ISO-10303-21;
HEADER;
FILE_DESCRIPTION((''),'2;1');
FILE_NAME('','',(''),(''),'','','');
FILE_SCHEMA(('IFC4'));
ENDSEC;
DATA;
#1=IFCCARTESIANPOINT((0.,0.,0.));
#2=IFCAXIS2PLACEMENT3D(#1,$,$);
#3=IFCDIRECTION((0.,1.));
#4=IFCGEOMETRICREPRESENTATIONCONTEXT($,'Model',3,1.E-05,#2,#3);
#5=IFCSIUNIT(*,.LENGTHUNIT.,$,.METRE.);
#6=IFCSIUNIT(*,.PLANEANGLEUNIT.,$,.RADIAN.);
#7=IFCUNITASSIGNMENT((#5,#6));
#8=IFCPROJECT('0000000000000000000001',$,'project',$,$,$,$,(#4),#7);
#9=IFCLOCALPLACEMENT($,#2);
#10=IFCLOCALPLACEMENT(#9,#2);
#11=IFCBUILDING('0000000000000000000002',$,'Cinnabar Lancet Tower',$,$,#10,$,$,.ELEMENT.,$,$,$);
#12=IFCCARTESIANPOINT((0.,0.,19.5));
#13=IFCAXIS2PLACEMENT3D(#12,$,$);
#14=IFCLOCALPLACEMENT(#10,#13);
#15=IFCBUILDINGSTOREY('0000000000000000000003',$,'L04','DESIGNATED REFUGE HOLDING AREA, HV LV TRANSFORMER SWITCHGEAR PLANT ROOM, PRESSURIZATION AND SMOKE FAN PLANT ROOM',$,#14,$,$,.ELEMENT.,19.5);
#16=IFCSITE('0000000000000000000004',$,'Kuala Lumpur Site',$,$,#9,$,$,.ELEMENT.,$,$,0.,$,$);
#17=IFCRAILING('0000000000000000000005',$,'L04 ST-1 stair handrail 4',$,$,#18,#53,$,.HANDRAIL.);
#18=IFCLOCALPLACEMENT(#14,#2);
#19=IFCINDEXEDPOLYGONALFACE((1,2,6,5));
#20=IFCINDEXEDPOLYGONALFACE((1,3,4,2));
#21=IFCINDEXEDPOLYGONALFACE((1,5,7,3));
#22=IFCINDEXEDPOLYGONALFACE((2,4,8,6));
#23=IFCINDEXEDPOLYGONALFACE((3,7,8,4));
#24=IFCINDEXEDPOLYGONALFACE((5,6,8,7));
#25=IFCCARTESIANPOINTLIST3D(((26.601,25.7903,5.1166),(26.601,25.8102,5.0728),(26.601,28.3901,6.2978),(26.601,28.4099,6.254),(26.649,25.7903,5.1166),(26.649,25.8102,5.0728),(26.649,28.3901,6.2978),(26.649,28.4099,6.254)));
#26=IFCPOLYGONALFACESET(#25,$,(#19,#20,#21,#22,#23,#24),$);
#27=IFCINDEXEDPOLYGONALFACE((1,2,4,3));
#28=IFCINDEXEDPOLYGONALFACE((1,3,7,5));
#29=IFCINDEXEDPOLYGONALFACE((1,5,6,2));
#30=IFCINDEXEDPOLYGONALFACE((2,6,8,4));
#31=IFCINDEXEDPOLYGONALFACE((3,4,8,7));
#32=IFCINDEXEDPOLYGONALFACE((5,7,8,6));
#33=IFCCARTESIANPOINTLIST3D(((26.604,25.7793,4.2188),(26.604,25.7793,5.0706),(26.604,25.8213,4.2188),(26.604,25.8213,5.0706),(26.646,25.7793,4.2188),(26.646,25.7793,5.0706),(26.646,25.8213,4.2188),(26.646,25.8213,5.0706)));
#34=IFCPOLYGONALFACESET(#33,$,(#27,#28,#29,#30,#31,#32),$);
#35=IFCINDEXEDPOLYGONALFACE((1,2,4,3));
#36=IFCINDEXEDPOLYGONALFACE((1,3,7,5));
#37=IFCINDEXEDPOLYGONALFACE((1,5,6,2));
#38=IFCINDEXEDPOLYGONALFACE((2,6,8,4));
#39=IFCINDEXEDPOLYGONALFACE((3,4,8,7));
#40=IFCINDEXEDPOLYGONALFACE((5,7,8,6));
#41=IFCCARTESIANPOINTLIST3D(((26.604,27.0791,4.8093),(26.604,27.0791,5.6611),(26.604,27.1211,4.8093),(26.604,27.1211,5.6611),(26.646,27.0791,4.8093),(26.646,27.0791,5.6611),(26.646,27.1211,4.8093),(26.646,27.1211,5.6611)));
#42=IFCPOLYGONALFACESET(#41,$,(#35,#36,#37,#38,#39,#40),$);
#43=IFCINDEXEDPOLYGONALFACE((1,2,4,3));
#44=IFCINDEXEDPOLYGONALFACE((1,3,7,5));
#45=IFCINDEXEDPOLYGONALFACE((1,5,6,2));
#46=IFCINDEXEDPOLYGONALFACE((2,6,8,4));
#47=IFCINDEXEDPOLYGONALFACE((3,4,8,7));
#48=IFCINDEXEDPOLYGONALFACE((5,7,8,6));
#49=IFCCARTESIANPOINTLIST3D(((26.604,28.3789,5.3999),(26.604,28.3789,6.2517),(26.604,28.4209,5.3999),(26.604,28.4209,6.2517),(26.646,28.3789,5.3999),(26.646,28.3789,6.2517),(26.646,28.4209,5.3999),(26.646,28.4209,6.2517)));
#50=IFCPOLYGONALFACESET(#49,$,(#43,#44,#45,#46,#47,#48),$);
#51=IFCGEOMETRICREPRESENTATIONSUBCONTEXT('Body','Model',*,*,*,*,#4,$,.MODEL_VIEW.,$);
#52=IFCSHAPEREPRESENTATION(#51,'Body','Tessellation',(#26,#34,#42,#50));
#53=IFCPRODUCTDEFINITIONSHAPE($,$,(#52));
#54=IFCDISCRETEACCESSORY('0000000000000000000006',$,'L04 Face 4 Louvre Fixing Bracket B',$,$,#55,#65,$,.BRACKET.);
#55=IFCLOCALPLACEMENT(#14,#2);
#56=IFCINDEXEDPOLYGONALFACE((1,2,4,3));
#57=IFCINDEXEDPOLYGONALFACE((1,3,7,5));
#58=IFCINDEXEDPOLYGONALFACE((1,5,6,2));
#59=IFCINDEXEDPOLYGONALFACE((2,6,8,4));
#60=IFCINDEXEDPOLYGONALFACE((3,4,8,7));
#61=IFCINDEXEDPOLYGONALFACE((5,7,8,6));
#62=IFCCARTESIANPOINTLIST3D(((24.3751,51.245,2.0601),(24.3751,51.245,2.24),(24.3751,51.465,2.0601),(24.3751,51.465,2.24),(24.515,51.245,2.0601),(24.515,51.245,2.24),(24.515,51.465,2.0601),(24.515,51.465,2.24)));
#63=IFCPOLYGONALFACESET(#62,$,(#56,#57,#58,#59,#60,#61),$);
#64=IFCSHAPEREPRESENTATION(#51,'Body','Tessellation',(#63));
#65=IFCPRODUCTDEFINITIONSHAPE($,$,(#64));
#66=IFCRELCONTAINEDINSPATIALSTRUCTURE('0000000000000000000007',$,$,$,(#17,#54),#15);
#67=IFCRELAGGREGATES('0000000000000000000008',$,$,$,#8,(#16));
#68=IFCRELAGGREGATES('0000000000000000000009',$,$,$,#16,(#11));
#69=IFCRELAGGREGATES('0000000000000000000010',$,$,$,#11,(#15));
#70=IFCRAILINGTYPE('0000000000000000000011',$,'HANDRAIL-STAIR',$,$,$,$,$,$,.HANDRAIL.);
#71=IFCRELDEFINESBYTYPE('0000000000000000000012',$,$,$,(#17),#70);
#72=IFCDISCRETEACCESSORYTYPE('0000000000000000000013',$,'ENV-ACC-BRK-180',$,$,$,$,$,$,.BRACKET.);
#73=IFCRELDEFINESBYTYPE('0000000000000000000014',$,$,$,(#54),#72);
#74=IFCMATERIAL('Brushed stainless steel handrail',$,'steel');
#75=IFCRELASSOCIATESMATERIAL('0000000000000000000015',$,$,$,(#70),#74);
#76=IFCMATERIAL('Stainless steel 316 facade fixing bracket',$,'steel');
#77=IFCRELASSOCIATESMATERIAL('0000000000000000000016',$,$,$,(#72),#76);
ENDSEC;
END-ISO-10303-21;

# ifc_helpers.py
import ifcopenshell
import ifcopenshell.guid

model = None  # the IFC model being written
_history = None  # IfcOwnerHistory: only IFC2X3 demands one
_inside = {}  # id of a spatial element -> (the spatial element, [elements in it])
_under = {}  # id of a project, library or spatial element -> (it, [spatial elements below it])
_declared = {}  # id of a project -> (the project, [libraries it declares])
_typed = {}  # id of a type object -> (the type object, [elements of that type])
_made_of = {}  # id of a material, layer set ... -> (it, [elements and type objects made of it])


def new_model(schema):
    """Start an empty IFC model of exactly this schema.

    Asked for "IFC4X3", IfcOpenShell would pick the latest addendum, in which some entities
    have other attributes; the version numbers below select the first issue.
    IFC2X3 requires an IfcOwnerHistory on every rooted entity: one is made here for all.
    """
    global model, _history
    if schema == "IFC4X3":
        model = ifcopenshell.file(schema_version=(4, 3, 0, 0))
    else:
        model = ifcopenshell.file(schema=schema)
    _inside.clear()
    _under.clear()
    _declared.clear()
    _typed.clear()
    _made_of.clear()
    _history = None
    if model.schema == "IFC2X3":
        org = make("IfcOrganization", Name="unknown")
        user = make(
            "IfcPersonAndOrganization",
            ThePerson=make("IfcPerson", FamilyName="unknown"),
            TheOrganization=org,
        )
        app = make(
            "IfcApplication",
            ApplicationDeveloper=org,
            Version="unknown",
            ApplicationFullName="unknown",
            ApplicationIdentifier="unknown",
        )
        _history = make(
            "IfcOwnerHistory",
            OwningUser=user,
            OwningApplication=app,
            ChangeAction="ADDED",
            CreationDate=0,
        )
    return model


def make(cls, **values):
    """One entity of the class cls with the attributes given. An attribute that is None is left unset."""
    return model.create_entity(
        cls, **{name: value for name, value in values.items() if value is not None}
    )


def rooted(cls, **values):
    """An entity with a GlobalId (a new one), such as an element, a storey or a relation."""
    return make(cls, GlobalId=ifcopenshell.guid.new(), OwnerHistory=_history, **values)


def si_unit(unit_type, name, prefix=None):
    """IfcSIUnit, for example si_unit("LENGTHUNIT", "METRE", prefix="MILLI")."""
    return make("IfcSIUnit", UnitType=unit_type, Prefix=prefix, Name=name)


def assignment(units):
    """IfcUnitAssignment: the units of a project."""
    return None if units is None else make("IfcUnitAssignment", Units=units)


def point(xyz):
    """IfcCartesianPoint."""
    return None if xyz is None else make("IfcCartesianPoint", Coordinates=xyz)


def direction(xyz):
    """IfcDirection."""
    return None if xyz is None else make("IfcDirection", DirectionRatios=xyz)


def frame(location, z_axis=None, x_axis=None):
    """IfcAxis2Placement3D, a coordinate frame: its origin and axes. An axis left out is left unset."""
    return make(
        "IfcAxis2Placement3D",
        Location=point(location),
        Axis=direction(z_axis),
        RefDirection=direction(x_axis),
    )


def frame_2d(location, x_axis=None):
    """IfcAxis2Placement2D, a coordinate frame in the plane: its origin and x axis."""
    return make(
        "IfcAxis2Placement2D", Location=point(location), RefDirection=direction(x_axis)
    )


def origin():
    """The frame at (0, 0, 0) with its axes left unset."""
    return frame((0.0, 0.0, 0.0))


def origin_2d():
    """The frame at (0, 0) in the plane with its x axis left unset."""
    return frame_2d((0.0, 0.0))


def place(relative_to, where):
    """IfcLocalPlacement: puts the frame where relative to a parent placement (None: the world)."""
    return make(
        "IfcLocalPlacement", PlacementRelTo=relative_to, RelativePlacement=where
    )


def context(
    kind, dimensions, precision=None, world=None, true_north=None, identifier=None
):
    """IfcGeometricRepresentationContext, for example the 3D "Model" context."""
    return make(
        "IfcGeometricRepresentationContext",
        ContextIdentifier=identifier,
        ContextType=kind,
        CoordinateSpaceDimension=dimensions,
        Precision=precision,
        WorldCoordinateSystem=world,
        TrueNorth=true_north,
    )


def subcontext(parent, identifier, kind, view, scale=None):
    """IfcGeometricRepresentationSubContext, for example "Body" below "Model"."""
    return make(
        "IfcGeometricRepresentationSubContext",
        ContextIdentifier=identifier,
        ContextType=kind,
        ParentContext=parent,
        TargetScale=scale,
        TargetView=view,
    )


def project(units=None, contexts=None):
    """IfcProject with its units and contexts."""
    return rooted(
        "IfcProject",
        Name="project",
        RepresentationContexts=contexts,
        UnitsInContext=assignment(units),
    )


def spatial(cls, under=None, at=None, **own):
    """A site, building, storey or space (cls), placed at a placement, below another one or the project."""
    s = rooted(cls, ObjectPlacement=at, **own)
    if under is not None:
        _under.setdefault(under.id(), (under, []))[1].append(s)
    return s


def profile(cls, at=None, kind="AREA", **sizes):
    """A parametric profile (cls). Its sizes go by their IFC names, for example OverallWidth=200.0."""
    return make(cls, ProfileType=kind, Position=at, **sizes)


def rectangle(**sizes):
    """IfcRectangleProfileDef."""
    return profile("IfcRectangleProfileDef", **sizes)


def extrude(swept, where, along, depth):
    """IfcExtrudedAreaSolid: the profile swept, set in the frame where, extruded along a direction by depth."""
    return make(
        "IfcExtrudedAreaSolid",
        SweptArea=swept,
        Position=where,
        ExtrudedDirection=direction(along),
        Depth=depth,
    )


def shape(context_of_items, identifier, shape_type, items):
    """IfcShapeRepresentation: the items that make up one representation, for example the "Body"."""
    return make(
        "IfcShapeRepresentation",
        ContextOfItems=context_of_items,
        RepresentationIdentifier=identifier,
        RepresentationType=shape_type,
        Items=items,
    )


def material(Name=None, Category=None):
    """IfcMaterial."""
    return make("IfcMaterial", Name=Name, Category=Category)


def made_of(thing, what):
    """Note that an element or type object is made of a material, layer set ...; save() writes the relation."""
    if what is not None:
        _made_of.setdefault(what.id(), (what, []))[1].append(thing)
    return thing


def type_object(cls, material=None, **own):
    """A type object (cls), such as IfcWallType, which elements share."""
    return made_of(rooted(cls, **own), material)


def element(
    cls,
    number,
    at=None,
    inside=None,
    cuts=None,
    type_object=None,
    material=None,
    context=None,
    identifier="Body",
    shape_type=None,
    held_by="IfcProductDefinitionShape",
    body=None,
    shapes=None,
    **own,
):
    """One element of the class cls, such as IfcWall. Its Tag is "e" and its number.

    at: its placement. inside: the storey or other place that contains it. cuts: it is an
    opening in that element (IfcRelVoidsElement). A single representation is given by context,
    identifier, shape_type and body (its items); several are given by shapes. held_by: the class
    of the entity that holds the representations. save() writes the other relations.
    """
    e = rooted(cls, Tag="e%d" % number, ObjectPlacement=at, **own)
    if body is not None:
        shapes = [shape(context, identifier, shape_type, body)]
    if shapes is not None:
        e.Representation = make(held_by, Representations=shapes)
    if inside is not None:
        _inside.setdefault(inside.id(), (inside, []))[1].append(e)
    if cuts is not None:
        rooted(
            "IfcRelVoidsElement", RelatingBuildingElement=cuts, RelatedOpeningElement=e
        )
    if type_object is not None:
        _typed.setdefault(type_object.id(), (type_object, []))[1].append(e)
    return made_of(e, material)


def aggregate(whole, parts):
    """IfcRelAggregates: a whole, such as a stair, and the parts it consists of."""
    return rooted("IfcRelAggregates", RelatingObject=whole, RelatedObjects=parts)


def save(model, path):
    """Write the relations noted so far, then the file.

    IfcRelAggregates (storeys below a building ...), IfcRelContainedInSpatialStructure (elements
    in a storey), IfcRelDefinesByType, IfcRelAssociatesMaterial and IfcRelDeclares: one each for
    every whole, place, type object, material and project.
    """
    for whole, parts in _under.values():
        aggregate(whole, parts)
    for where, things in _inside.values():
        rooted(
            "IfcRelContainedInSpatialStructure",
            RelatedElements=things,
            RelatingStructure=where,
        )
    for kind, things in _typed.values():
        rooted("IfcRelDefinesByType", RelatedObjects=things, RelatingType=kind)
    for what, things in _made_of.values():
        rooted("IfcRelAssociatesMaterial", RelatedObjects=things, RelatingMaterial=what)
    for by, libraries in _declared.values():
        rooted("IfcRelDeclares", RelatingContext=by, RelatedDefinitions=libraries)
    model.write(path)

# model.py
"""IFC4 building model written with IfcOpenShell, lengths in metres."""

from ifc_helpers import new_model, si_unit, direction, frame, origin, origin_2d, place, context, subcontext, project, spatial, rectangle, extrude, material, type_object, element, save


model = new_model("IFC4")

# Units and contexts
model_context = context("Model", 3, precision=1e-05, world=origin(), true_north=direction((0.0, 1.0)))
body_context = subcontext(model_context, "Body", "Model", "MODEL_VIEW")
ifc_project = project(units=[si_unit("LENGTHUNIT", "METRE"), si_unit("PLANEANGLEUNIT", "RADIAN")], contexts=[model_context])

# Site, building, storey
site_placement = place(None, origin())
site = spatial("IfcSite", under=ifc_project, at=site_placement, Name="Kuala Lumpur Site", CompositionType="ELEMENT", RefElevation=0.0)
building_placement = place(site_placement, origin())
building = spatial("IfcBuilding", under=site, at=building_placement, Name="Cinnabar Lancet Tower", CompositionType="ELEMENT")
storey_placement = place(building_placement, frame((0.0, 0.0, 19.5)))
storey = spatial("IfcBuildingStorey", under=building, at=storey_placement, Name="L04", Description="DESIGNATED REFUGE HOLDING AREA, HV LV TRANSFORMER SWITCHGEAR PLANT ROOM, PRESSURIZATION AND SMOKE FAN PLANT ROOM", CompositionType="ELEMENT", Elevation=19.5)

# Railing
ifc_material_1 = material(Name="Brushed stainless steel handrail", Category="steel")
railing_type_1 = type_object("IfcRailingType", Name="HANDRAIL-STAIR", PredefinedType="HANDRAIL", material=ifc_material_1)
railing_1_placement = place(storey_placement, frame((26.625, 25.8003, 4.2188)))
element("IfcRailing", 1, at=railing_1_placement, inside=storey, type_object=railing_type_1, Name="L04 ST-1 stair handrail 4", PredefinedType="HANDRAIL", context=body_context, shape_type="SweptSolid", body=[
    extrude(rectangle(XDim=0.0481, YDim=0.0481, at=origin_2d()), frame((0.0, 0.0, 0.876), z_axis=(0.0, 0.910431, 0.413661), x_axis=(-1.0, 0.0, 0.0)), (0.0, 0.0, 1.0), 2.8555),
    extrude(rectangle(XDim=0.042, YDim=0.042, at=origin_2d()), origin(), (0.0, 0.0, 1.0), 0.8518),
    extrude(rectangle(XDim=0.042, YDim=0.042, at=origin_2d()), frame((0.0, 1.2998, 0.5906)), (0.0, 0.0, 1.0), 0.8518),
    extrude(rectangle(XDim=0.042, YDim=0.042, at=origin_2d()), frame((0.0, 2.5996, 1.1812)), (0.0, 0.0, 1.0), 0.8518),
])

# Discrete accessory
ifc_material_2 = material(Name="Stainless steel 316 facade fixing bracket", Category="steel")
discrete_accessory_type = type_object("IfcDiscreteAccessoryType", Name="ENV-ACC-BRK-180", PredefinedType="BRACKET", material=ifc_material_2)
discrete_accessory_placement = place(storey_placement, frame((24.4451, 51.355, 2.0601), z_axis=(0.0, 0.0, 1.0), x_axis=(-1.0, 0.0, 0.0)))
element("IfcDiscreteAccessory", 2, at=discrete_accessory_placement, inside=storey, type_object=discrete_accessory_type, Name="L04 Face 4 Louvre Fixing Bracket B", PredefinedType="BRACKET", context=body_context, shape_type="SweptSolid", body=[
    extrude(rectangle(XDim=0.1399, YDim=0.22, at=origin_2d()), origin(), (0.0, 0.0, 1.0), 0.1799),
])

save(model, "model.ifc")
